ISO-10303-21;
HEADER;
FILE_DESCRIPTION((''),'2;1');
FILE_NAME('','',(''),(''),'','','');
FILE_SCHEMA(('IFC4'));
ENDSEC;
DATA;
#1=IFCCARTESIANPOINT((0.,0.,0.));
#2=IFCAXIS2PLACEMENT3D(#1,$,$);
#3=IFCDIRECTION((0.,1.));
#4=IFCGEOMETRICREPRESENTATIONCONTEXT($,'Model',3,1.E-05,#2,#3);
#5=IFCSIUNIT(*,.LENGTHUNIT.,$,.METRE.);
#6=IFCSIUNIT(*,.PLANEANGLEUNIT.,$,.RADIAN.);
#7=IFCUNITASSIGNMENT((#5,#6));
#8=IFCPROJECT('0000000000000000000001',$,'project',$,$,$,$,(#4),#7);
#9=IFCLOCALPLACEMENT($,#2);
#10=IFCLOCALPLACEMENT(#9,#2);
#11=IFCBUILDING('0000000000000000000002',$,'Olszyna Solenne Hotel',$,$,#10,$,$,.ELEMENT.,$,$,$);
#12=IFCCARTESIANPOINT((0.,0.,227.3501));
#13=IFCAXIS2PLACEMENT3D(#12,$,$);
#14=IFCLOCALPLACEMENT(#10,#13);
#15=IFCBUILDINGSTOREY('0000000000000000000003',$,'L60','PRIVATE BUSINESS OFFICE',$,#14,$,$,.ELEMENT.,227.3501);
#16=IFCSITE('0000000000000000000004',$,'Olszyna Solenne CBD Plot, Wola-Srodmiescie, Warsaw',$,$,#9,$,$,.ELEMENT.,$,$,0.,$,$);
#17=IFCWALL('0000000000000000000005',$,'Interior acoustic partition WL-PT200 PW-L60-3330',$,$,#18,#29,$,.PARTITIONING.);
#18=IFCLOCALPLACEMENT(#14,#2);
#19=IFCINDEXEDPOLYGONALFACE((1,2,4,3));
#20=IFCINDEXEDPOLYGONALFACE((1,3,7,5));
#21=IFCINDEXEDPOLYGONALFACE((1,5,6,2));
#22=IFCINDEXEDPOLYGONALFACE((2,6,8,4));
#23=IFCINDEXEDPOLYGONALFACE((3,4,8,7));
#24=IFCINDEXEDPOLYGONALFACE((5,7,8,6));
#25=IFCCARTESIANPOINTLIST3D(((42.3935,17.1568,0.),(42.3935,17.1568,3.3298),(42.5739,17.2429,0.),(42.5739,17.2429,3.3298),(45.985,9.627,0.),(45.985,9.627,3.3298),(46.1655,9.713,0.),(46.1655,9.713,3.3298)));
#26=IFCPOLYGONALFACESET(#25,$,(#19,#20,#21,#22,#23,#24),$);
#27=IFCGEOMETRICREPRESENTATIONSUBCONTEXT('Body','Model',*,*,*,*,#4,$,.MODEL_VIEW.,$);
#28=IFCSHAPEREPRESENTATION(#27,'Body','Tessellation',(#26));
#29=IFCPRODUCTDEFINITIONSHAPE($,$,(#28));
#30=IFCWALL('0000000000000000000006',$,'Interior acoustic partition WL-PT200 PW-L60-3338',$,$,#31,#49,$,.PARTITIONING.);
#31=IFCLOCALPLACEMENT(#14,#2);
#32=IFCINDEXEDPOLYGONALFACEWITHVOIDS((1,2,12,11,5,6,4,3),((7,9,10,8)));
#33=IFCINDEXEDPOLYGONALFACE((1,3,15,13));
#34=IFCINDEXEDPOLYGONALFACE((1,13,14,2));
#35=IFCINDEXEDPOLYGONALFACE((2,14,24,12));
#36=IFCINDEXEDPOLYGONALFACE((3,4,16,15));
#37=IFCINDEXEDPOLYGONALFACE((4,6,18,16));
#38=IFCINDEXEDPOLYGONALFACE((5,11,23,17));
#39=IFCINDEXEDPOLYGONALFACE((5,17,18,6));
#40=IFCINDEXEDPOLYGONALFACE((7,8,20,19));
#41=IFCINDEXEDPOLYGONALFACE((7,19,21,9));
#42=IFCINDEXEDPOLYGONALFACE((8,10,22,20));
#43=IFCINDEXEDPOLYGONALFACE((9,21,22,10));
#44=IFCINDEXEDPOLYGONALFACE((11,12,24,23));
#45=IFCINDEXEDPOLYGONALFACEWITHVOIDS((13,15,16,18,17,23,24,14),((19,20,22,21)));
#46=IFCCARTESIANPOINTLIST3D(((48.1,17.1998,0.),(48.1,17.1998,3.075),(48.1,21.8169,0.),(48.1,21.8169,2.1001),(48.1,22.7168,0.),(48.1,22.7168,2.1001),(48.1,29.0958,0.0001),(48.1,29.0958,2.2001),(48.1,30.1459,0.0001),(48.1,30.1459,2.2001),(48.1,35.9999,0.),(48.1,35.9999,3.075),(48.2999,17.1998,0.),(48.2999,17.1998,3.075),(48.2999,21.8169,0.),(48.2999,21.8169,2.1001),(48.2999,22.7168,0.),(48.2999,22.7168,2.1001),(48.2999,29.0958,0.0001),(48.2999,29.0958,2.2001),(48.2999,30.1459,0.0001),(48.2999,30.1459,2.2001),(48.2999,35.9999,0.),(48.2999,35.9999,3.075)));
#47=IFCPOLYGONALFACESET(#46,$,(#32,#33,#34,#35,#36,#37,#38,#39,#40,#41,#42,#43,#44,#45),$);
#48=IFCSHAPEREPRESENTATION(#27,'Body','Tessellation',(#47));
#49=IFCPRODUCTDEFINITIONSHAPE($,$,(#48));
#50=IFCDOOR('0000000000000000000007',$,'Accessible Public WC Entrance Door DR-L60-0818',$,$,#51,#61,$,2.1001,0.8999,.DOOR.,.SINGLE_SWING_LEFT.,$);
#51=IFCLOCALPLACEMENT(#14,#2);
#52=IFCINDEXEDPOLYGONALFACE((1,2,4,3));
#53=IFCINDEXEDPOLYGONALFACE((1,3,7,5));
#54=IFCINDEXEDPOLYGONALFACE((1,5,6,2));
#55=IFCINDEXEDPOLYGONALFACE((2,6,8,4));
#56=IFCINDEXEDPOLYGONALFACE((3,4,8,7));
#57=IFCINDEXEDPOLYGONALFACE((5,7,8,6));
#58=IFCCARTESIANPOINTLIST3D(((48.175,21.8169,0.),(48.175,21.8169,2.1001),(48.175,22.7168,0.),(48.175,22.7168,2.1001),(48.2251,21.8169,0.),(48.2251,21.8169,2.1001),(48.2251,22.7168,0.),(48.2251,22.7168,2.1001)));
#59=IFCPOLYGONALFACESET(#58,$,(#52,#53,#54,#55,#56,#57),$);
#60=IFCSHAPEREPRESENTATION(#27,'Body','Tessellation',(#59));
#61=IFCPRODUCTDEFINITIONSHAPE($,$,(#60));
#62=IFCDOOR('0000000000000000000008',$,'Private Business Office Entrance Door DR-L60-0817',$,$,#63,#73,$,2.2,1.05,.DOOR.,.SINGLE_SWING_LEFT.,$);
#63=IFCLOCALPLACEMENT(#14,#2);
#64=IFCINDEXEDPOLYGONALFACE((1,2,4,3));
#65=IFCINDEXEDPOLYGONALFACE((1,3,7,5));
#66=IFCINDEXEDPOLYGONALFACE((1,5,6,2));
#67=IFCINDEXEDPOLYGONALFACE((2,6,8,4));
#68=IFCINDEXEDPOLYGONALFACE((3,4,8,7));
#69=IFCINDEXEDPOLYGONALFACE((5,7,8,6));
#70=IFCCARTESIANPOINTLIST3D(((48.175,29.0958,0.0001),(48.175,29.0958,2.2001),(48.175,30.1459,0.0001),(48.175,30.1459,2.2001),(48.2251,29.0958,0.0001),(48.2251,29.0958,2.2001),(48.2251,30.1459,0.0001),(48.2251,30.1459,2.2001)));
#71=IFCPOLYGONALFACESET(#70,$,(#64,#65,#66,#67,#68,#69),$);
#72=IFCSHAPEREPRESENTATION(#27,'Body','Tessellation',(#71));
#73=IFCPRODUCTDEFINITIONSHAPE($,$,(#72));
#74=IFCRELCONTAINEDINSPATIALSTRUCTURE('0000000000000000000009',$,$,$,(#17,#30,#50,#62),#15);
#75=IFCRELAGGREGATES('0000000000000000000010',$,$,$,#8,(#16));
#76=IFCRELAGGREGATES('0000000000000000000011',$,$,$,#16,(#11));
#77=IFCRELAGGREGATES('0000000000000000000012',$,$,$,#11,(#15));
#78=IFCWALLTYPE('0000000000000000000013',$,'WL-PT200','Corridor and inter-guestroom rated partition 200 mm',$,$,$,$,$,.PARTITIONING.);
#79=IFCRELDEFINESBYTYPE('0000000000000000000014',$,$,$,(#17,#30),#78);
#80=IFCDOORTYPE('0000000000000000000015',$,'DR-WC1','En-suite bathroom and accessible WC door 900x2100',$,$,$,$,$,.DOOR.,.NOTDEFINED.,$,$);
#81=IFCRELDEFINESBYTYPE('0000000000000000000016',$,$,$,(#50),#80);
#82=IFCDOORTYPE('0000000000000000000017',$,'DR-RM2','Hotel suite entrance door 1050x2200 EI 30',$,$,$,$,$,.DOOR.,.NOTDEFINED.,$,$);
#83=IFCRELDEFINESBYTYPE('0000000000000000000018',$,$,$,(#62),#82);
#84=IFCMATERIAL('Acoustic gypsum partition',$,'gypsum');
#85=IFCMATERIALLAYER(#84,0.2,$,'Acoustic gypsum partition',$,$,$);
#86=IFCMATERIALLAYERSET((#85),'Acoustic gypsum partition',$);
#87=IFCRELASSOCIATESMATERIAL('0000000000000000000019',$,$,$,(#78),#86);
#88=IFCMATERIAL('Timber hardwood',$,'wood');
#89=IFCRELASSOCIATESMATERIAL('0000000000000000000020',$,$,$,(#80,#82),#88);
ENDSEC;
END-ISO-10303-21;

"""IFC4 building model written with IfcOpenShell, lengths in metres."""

from ifc_helpers import new_model, si_unit, direction, frame, frame_2d, origin, place, context, subcontext, project, spatial, rectangle, extrude, source, transform, mapped, material, layer, layer_set, type_object, type_shapes, element, fill, save


model = new_model("IFC4")

# Units and contexts
model_context = context("Model", 3, precision=1e-05, world=origin(), true_north=direction((0.0, 1.0)))
body_context = subcontext(model_context, "Body", "Model", "MODEL_VIEW")
ifc_project = project(units=[si_unit("LENGTHUNIT", "METRE"), si_unit("PLANEANGLEUNIT", "RADIAN")], contexts=[model_context])

# Site, building, storey
site_placement = place(None, origin())
site = spatial("IfcSite", under=ifc_project, at=site_placement, Name="Olszyna Solenne CBD Plot, Wola-Srodmiescie, Warsaw", CompositionType="ELEMENT", RefElevation=0.0)
building_placement = place(site_placement, origin())
building = spatial("IfcBuilding", under=site, at=building_placement, Name="Olszyna Solenne Hotel", CompositionType="ELEMENT")
storey_placement = place(building_placement, frame((0.0, 0.0, 227.3501)))
storey = spatial("IfcBuildingStorey", under=building, at=storey_placement, Name="L60", Description="PRIVATE BUSINESS OFFICE", CompositionType="ELEMENT", Elevation=227.3501)

# Wall
ifc_material_1 = material(Name="Acoustic gypsum partition", Category="gypsum")
ifc_layer_1 = layer(ifc_material_1, 0.2, Name="Acoustic gypsum partition")
ifc_layer_set_1 = layer_set([ifc_layer_1], Name="Acoustic gypsum partition")
wall_type_1 = type_object("IfcWallType", Name="WL-PT200", Description="Corridor and inter-guestroom rated partition 200 mm", PredefinedType="PARTITIONING", material=ifc_layer_set_1)
wall_1_placement = place(storey_placement, frame((42.4836, 17.2, 0.0), z_axis=(0.0, 0.0, 1.0), x_axis=(0.430514, -0.902584, 0.0)))
element("IfcWall", 1, at=wall_1_placement, inside=storey, type_object=wall_type_1, Name="Interior acoustic partition WL-PT200 PW-L60-3330", PredefinedType="PARTITIONING", context=body_context, shape_type="SweptSolid", body=[
    extrude(rectangle(XDim=8.3425, YDim=0.2, at=frame_2d((4.1714, 0.0))), origin(), (0.0, 0.0, 1.0), 3.3298),
])

# Wall, openings, doors
wall_2_placement = place(storey_placement, frame((48.2, 17.2, 0.0), z_axis=(0.0, 0.0, 1.0), x_axis=(0.0, 1.0, 0.0)))
wall_2 = element("IfcWall", 2, at=wall_2_placement, inside=storey, type_object=wall_type_1, Name="Interior acoustic partition WL-PT200 PW-L60-3338", PredefinedType="PARTITIONING", context=body_context, shape_type="SweptSolid", body=[
    extrude(rectangle(XDim=18.8, YDim=0.2, at=frame_2d((9.3999, 0.0))), origin(), (0.0, 0.0, 1.0), 3.075),
])
opening_1_placement = place(wall_2_placement, frame((11.896, 0.0, 0.0)))
opening_1 = element("IfcOpeningElement", 3, at=opening_1_placement, cuts=wall_2, PredefinedType="OPENING", context=body_context, shape_type="SweptSolid", body=[
    extrude(rectangle(XDim=1.05, YDim=2.2, at=frame_2d((0.5249, 1.1001))), frame((0.0, 0.1099, 0.0), z_axis=(0.0, -1.0, 0.0), x_axis=(1.0, 0.0, 0.0)), (0.0, 0.0, 1.0), 0.22),
])
opening_2_placement = place(wall_2_placement, frame((4.6169, 0.0, 0.0)))
opening_2 = element("IfcOpeningElement", 4, at=opening_2_placement, cuts=wall_2, PredefinedType="OPENING", context=body_context, shape_type="SweptSolid", body=[
    extrude(rectangle(XDim=0.8999, YDim=2.1001, at=frame_2d((0.45, 1.05))), frame((0.0, 0.1099, 0.0), z_axis=(0.0, -1.0, 0.0), x_axis=(1.0, 0.0, 0.0)), (0.0, 0.0, 1.0), 0.22),
])
ifc_material_2 = material(Name="Timber hardwood", Category="wood")
door_type_1 = type_object("IfcDoorType", Name="DR-WC1", Description="En-suite bathroom and accessible WC door 900x2100", OperationType="NOTDEFINED", PredefinedType="DOOR", material=ifc_material_2)
shared_shape_1 = source(origin(), body_context, "Body", "SweptSolid", [
    extrude(rectangle(XDim=0.8999, YDim=2.1001, at=frame_2d((0.45, 1.05))), frame((0.0, 0.0249, 0.0), z_axis=(0.0, -1.0, 0.0), x_axis=(1.0, 0.0, 0.0)), (0.0, 0.0, 1.0), 0.05),
])
type_shapes(door_type_1, [shared_shape_1])
door_1_placement = place(opening_2_placement, origin())
door_1 = element("IfcDoor", 5, at=door_1_placement, inside=storey, type_object=door_type_1, Name="Accessible Public WC Entrance Door DR-L60-0818", OperationType="SINGLE_SWING_LEFT", OverallHeight=2.1001, OverallWidth=0.8999, PredefinedType="DOOR", context=body_context, shape_type="MappedRepresentation", body=[
    mapped(shared_shape_1, transform((0.0, 0.0, 0.0), x_axis=(1.0, 0.0, 0.0), y_axis=(0.0, 1.0, 0.0), z_axis=(0.0, 0.0, 1.0), scale=1.0)),
])
fill(opening_2, door_1)
door_type_2 = type_object("IfcDoorType", Name="DR-RM2", Description="Hotel suite entrance door 1050x2200 EI 30", OperationType="NOTDEFINED", PredefinedType="DOOR", material=ifc_material_2)
shared_shape_2 = source(origin(), body_context, "Body", "SweptSolid", [
    extrude(rectangle(XDim=1.05, YDim=2.2, at=frame_2d((0.5249, 1.1001))), frame((0.0, 0.0249, 0.0), z_axis=(0.0, -1.0, 0.0), x_axis=(1.0, 0.0, 0.0)), (0.0, 0.0, 1.0), 0.05),
])
type_shapes(door_type_2, [shared_shape_2])
door_2_placement = place(opening_1_placement, origin())
door_2 = element("IfcDoor", 6, at=door_2_placement, inside=storey, type_object=door_type_2, Name="Private Business Office Entrance Door DR-L60-0817", OperationType="SINGLE_SWING_LEFT", OverallHeight=2.2, OverallWidth=1.05, PredefinedType="DOOR", context=body_context, shape_type="MappedRepresentation", body=[
    mapped(shared_shape_2, transform((0.0, 0.0, 0.0), x_axis=(1.0, 0.0, 0.0), y_axis=(0.0, 1.0, 0.0), z_axis=(0.0, 0.0, 1.0), scale=1.0)),
])
fill(opening_1, door_2)

save(model, "model.ifc")
